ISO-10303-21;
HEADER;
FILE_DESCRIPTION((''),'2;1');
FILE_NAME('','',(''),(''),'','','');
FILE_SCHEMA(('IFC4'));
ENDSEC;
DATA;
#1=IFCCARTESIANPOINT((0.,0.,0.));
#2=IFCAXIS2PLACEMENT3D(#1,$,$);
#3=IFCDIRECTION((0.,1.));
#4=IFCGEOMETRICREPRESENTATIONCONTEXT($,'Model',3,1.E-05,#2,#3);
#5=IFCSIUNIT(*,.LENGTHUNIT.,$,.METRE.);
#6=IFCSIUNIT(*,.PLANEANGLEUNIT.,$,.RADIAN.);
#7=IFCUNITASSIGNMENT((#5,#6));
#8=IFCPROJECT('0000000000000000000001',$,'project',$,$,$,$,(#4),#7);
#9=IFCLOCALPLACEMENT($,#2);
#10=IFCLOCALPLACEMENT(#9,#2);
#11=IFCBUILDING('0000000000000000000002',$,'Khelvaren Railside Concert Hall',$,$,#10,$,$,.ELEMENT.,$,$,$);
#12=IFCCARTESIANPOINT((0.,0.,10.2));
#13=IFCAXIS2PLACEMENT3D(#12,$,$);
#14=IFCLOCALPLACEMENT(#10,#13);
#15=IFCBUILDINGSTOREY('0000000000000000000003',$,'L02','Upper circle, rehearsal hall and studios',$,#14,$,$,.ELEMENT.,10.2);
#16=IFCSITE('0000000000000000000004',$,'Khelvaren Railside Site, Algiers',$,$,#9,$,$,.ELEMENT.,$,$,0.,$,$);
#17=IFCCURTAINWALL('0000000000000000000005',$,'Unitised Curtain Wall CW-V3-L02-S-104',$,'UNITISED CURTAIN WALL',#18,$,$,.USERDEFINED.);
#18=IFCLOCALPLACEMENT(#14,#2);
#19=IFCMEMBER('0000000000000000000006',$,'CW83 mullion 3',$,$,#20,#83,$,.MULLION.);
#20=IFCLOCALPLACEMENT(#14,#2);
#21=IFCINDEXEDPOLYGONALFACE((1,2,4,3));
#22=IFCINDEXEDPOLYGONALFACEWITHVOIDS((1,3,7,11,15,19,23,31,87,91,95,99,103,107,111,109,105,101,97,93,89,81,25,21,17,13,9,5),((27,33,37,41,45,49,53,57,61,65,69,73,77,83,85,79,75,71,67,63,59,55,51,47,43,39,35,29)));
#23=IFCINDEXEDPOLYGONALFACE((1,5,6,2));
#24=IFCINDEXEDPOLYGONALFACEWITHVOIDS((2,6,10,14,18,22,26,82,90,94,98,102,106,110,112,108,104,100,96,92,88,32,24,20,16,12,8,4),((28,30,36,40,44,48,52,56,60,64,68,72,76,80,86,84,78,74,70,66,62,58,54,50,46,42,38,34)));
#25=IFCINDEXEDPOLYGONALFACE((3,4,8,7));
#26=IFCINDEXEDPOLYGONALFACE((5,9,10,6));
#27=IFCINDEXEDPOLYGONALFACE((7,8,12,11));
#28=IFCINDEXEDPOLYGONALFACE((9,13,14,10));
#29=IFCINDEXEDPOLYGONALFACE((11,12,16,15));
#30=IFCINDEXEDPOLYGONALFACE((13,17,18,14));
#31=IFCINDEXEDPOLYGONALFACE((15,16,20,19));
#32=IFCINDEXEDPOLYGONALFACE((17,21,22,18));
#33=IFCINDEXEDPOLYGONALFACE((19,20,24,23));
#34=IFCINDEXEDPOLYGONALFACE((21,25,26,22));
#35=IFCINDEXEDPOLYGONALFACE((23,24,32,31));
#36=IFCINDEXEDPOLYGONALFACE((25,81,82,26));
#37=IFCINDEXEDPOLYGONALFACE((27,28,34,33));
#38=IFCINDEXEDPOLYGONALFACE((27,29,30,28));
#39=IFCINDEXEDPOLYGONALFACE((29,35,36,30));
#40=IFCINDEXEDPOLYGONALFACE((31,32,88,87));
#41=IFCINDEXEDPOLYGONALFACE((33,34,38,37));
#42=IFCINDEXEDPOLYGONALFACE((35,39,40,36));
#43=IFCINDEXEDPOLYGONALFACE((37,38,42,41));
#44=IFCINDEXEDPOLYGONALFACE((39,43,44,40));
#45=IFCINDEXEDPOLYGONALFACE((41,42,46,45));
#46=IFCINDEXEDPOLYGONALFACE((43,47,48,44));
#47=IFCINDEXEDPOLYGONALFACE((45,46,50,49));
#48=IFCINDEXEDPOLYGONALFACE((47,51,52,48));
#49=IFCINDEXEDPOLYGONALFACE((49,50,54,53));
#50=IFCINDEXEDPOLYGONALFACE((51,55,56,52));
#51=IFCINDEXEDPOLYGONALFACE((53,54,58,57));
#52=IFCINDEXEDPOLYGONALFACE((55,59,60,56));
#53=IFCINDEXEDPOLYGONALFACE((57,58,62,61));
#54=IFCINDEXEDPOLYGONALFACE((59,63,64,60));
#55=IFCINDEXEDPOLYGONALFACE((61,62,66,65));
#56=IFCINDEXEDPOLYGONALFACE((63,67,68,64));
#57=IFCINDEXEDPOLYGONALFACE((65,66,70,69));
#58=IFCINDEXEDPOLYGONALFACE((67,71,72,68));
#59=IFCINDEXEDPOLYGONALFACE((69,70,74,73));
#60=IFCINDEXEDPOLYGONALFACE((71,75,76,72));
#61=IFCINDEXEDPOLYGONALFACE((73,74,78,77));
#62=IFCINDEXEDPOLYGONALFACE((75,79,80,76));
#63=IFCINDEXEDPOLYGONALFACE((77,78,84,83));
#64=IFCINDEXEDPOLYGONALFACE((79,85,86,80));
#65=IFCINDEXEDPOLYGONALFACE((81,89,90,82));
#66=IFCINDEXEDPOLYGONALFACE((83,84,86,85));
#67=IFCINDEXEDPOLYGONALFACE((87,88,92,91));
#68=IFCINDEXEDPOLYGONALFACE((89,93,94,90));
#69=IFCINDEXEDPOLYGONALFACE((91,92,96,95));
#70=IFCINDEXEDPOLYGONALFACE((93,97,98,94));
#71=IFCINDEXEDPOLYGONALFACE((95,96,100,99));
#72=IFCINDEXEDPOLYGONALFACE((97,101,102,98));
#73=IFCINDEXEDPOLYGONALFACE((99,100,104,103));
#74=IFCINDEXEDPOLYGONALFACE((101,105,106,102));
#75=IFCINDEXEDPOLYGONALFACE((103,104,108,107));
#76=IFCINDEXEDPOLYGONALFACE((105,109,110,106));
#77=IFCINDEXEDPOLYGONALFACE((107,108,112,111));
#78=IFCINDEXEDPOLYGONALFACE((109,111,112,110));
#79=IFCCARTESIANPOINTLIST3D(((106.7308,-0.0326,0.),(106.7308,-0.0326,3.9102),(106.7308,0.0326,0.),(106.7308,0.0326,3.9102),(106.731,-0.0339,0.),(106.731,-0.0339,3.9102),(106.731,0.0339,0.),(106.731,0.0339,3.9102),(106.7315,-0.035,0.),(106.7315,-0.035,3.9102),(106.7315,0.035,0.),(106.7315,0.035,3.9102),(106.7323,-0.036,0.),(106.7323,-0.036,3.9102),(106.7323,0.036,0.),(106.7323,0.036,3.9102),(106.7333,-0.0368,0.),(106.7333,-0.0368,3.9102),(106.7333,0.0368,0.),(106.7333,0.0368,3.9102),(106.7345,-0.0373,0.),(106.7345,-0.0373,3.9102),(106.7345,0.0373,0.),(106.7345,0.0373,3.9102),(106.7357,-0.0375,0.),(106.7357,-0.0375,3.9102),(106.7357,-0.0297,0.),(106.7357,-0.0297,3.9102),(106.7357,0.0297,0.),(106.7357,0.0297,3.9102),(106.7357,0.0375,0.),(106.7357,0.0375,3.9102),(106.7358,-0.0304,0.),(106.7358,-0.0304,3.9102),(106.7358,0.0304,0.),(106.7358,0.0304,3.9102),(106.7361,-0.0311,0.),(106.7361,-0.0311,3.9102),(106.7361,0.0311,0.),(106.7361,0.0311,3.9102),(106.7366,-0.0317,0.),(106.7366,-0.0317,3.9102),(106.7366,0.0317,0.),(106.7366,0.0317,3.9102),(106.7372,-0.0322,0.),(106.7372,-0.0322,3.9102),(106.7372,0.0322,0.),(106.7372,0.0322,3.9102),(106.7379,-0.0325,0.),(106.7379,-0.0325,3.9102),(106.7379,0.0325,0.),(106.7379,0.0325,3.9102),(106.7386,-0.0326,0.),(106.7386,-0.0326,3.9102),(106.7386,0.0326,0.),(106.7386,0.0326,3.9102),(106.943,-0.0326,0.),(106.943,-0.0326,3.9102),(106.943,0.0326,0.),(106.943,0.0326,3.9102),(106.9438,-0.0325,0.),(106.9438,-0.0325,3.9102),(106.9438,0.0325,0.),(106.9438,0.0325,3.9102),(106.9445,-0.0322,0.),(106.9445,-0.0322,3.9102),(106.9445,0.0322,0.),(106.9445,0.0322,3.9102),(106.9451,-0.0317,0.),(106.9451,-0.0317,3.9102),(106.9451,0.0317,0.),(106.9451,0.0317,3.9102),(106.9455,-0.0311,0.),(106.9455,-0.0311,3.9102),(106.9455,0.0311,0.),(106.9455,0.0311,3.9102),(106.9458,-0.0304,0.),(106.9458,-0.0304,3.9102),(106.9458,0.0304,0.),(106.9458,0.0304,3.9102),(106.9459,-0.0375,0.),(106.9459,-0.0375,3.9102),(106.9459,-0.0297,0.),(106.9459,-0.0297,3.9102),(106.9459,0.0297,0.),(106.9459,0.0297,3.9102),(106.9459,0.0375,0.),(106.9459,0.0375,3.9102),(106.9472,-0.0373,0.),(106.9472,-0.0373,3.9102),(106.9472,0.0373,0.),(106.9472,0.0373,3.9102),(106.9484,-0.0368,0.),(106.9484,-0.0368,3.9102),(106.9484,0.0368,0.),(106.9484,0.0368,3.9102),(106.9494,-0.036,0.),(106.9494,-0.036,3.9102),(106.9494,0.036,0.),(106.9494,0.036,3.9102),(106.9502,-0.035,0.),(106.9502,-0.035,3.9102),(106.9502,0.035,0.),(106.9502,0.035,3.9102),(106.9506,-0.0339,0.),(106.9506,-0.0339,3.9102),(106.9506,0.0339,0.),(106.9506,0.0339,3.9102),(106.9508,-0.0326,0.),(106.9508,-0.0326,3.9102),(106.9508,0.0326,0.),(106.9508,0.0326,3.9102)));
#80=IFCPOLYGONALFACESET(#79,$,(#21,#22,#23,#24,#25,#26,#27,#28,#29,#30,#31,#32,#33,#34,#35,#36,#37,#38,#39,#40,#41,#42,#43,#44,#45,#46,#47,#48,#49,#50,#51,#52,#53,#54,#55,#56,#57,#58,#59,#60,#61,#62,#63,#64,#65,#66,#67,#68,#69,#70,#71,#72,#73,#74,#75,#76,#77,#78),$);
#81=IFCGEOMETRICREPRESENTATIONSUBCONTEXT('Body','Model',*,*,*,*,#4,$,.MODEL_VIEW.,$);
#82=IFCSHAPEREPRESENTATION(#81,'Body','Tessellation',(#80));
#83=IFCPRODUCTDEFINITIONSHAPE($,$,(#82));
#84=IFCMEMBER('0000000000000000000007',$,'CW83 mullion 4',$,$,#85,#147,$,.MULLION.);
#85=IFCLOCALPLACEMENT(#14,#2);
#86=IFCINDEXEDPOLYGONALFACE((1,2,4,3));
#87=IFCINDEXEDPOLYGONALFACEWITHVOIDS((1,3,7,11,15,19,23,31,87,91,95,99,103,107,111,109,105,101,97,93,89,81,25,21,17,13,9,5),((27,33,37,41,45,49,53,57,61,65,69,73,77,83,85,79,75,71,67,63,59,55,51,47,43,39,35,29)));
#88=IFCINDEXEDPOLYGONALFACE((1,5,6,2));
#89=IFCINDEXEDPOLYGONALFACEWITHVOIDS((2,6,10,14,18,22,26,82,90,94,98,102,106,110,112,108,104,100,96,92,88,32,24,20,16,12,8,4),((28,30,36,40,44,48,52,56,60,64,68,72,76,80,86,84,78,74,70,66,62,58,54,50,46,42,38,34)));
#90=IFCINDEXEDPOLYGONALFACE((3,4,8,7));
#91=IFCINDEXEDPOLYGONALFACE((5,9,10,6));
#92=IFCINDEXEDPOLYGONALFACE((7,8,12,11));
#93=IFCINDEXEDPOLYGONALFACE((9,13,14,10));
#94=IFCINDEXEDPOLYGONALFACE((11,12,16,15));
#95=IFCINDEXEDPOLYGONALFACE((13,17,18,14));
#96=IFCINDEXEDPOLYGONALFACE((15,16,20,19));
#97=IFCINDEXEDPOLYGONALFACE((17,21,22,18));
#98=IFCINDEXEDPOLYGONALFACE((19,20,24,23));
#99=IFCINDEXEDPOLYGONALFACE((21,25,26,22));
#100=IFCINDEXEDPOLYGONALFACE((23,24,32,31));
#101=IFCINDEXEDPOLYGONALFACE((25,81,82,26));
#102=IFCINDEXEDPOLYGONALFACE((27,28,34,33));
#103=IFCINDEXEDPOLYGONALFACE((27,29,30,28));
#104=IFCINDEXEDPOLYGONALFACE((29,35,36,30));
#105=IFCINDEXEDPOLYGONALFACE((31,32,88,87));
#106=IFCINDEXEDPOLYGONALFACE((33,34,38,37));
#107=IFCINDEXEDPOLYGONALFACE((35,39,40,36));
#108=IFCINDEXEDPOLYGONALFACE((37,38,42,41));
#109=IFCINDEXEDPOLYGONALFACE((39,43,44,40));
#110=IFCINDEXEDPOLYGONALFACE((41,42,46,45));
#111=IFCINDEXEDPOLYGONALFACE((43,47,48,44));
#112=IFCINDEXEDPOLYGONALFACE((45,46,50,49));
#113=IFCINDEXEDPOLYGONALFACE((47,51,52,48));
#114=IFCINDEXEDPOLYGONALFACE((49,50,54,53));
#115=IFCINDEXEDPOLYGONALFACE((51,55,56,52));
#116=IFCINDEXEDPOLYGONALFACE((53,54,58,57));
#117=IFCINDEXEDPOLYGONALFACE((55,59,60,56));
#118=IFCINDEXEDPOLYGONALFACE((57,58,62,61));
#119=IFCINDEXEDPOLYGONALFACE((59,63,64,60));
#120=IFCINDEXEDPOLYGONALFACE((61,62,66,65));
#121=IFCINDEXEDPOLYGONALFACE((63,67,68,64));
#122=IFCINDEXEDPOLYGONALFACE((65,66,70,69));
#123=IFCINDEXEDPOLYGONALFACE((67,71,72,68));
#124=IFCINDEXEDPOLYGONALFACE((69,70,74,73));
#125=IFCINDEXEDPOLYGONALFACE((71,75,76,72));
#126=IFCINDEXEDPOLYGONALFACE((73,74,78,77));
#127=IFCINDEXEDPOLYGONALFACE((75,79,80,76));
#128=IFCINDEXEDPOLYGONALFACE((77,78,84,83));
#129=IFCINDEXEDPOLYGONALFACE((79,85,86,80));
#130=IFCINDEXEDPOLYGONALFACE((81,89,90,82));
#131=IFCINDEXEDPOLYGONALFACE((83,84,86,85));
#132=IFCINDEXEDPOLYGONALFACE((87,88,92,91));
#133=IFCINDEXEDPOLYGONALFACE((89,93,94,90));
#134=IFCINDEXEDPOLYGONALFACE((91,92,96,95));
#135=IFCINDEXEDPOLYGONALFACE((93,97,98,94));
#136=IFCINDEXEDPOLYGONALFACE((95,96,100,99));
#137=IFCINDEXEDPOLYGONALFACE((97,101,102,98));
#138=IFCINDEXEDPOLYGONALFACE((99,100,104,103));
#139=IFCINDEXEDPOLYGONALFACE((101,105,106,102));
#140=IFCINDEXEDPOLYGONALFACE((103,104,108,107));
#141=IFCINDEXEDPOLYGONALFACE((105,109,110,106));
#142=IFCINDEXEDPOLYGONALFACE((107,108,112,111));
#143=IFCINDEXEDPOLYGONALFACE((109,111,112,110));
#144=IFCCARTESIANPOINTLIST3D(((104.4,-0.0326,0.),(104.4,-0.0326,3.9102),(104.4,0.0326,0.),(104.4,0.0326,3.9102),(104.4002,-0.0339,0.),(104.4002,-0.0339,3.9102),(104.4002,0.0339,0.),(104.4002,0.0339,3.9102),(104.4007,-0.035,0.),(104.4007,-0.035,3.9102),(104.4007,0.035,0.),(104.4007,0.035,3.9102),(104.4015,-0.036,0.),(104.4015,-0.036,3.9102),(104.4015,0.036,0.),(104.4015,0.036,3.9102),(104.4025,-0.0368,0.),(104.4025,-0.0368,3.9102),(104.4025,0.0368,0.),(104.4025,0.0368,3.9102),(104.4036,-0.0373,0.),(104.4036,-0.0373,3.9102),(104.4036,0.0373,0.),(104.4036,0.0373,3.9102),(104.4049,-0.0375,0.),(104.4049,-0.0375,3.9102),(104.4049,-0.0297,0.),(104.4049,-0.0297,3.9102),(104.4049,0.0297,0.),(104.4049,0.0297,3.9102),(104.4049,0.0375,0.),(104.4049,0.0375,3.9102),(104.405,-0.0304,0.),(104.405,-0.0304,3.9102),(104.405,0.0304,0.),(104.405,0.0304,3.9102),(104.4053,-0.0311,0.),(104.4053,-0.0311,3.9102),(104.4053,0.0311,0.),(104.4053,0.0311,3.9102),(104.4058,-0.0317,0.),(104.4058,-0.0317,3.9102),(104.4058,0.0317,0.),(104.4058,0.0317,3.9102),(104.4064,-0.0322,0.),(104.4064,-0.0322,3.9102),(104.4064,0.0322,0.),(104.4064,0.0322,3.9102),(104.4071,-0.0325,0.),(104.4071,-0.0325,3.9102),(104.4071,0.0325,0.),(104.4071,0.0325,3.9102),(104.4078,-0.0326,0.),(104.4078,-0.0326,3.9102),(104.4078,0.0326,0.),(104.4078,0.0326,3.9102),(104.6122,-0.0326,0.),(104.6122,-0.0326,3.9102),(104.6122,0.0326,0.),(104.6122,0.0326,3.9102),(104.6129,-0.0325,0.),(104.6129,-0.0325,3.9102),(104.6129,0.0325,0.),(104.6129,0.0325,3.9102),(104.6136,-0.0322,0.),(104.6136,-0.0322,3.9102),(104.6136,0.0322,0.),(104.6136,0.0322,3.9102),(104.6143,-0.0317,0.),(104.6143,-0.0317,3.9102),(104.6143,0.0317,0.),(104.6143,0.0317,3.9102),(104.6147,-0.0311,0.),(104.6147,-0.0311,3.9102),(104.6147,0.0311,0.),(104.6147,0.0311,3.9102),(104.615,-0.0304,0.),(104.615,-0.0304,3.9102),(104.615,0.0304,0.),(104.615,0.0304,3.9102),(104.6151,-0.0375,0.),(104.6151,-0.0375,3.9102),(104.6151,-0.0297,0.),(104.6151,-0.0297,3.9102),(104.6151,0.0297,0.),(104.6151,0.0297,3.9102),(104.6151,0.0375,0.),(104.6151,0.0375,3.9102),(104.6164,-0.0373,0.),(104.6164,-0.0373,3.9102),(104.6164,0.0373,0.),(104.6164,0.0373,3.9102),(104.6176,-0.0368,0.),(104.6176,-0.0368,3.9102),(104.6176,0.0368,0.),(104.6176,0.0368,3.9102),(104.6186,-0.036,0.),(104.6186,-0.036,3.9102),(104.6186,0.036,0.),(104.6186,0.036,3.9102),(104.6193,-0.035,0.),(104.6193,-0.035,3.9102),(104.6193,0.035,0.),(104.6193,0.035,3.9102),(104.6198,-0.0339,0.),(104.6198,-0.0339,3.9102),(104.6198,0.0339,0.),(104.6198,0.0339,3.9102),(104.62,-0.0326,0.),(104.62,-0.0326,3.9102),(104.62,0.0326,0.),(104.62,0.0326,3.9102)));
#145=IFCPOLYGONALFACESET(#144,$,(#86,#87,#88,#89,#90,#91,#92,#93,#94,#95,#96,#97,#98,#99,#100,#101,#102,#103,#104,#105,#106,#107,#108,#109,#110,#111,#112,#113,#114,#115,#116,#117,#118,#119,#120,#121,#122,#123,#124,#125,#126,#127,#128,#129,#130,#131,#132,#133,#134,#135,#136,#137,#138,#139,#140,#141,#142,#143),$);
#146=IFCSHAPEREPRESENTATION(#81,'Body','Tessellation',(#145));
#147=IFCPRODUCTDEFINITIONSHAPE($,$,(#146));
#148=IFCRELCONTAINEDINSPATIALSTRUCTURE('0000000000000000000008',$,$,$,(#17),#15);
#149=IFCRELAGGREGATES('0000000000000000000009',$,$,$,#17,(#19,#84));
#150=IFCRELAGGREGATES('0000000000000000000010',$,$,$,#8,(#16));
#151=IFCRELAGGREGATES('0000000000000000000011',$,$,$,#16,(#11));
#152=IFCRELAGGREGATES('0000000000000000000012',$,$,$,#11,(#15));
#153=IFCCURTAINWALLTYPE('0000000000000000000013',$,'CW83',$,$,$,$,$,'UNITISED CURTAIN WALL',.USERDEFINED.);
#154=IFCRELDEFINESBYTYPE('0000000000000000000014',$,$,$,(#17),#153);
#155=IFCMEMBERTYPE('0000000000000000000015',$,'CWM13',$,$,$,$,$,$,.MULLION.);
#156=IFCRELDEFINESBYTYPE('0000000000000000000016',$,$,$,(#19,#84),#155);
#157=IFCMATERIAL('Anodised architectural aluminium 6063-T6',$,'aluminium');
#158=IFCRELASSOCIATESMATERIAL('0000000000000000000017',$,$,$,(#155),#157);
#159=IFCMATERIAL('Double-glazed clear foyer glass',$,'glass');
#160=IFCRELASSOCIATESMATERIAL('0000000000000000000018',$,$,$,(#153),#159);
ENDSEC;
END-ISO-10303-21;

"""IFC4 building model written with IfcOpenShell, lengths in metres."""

from ifc_helpers import new_model, si_unit, direction, frame, origin, origin_2d, place, context, subcontext, project, spatial, hollow_rectangle, extrude, material, material_profile, profile_set, type_object, element, aggregate, save


model = new_model("IFC4")

# Units and contexts
model_context = context("Model", 3, precision=1e-05, world=origin(), true_north=direction((0.0, 1.0)))
body_context = subcontext(model_context, "Body", "Model", "MODEL_VIEW")
ifc_project = project(units=[si_unit("LENGTHUNIT", "METRE"), si_unit("PLANEANGLEUNIT", "RADIAN")], contexts=[model_context])

# Site, building, storey
site_placement = place(None, origin())
site = spatial("IfcSite", under=ifc_project, at=site_placement, Name="Khelvaren Railside Site, Algiers", CompositionType="ELEMENT", RefElevation=0.0)
building_placement = place(site_placement, origin())
building = spatial("IfcBuilding", under=site, at=building_placement, Name="Khelvaren Railside Concert Hall", CompositionType="ELEMENT")
storey_placement = place(building_placement, frame((0.0, 0.0, 10.2)))
storey = spatial("IfcBuildingStorey", under=building, at=storey_placement, Name="L02", Description="Upper circle, rehearsal hall and studios", CompositionType="ELEMENT", Elevation=10.2)

# Curtain wall, members
ifc_material_1 = material(Name="Double-glazed clear foyer glass", Category="glass")
ifc_material_2 = material(Name="Anodised architectural aluminium 6063-T6", Category="aluminium")
ifc_material_profile_1 = material_profile(ifc_material_2, hollow_rectangle(XDim=0.075, YDim=0.22, WallThickness=0.0049, InnerFilletRadius=0.0029, OuterFilletRadius=0.0049, at=origin_2d()), Name="CWM 75x220x5")
ifc_profile_set_1 = profile_set([ifc_material_profile_1], Name="Anodised architectural aluminium 6063-T6")
member_type_1 = type_object("IfcMemberType", Name="CWM13", PredefinedType="MULLION", material=ifc_profile_set_1)
curtain_wall_type_1 = type_object("IfcCurtainWallType", Name="CW83", ElementType="UNITISED CURTAIN WALL", PredefinedType="USERDEFINED", material=ifc_material_1)
curtain_wall_1_placement = place(storey_placement, origin())
curtain_wall_1 = element("IfcCurtainWall", 1, at=curtain_wall_1_placement, inside=storey, type_object=curtain_wall_type_1, Name="Unitised Curtain Wall CW-V3-L02-S-104", ObjectType="UNITISED CURTAIN WALL", PredefinedType="USERDEFINED")
member_1_placement = place(storey_placement, frame((106.8408, 0.0, 0.0), z_axis=(0.0, 0.0, 1.0), x_axis=(0.0, -1.0, 0.0)))
member_1 = element("IfcMember", 2, at=member_1_placement, type_object=member_type_1, Name="CW83 mullion 3", PredefinedType="MULLION", context=body_context, shape_type="SweptSolid", body=[
    extrude(hollow_rectangle(XDim=0.075, YDim=0.22, WallThickness=0.0049, InnerFilletRadius=0.0029, OuterFilletRadius=0.0049, at=origin_2d()), origin(), (0.0, 0.0, 1.0), 3.9102),
])
member_2_placement = place(storey_placement, frame((104.51, 0.0, 0.0), z_axis=(0.0, 0.0, 1.0), x_axis=(0.0, -1.0, 0.0)))
member_2 = element("IfcMember", 3, at=member_2_placement, type_object=member_type_1, Name="CW83 mullion 4", PredefinedType="MULLION", context=body_context, shape_type="SweptSolid", body=[
    extrude(hollow_rectangle(XDim=0.075, YDim=0.22, WallThickness=0.0049, InnerFilletRadius=0.0029, OuterFilletRadius=0.0049, at=origin_2d()), origin(), (0.0, 0.0, 1.0), 3.9102),
])

aggregate(curtain_wall_1, [member_1, member_2])

save(model, "model.ifc")
